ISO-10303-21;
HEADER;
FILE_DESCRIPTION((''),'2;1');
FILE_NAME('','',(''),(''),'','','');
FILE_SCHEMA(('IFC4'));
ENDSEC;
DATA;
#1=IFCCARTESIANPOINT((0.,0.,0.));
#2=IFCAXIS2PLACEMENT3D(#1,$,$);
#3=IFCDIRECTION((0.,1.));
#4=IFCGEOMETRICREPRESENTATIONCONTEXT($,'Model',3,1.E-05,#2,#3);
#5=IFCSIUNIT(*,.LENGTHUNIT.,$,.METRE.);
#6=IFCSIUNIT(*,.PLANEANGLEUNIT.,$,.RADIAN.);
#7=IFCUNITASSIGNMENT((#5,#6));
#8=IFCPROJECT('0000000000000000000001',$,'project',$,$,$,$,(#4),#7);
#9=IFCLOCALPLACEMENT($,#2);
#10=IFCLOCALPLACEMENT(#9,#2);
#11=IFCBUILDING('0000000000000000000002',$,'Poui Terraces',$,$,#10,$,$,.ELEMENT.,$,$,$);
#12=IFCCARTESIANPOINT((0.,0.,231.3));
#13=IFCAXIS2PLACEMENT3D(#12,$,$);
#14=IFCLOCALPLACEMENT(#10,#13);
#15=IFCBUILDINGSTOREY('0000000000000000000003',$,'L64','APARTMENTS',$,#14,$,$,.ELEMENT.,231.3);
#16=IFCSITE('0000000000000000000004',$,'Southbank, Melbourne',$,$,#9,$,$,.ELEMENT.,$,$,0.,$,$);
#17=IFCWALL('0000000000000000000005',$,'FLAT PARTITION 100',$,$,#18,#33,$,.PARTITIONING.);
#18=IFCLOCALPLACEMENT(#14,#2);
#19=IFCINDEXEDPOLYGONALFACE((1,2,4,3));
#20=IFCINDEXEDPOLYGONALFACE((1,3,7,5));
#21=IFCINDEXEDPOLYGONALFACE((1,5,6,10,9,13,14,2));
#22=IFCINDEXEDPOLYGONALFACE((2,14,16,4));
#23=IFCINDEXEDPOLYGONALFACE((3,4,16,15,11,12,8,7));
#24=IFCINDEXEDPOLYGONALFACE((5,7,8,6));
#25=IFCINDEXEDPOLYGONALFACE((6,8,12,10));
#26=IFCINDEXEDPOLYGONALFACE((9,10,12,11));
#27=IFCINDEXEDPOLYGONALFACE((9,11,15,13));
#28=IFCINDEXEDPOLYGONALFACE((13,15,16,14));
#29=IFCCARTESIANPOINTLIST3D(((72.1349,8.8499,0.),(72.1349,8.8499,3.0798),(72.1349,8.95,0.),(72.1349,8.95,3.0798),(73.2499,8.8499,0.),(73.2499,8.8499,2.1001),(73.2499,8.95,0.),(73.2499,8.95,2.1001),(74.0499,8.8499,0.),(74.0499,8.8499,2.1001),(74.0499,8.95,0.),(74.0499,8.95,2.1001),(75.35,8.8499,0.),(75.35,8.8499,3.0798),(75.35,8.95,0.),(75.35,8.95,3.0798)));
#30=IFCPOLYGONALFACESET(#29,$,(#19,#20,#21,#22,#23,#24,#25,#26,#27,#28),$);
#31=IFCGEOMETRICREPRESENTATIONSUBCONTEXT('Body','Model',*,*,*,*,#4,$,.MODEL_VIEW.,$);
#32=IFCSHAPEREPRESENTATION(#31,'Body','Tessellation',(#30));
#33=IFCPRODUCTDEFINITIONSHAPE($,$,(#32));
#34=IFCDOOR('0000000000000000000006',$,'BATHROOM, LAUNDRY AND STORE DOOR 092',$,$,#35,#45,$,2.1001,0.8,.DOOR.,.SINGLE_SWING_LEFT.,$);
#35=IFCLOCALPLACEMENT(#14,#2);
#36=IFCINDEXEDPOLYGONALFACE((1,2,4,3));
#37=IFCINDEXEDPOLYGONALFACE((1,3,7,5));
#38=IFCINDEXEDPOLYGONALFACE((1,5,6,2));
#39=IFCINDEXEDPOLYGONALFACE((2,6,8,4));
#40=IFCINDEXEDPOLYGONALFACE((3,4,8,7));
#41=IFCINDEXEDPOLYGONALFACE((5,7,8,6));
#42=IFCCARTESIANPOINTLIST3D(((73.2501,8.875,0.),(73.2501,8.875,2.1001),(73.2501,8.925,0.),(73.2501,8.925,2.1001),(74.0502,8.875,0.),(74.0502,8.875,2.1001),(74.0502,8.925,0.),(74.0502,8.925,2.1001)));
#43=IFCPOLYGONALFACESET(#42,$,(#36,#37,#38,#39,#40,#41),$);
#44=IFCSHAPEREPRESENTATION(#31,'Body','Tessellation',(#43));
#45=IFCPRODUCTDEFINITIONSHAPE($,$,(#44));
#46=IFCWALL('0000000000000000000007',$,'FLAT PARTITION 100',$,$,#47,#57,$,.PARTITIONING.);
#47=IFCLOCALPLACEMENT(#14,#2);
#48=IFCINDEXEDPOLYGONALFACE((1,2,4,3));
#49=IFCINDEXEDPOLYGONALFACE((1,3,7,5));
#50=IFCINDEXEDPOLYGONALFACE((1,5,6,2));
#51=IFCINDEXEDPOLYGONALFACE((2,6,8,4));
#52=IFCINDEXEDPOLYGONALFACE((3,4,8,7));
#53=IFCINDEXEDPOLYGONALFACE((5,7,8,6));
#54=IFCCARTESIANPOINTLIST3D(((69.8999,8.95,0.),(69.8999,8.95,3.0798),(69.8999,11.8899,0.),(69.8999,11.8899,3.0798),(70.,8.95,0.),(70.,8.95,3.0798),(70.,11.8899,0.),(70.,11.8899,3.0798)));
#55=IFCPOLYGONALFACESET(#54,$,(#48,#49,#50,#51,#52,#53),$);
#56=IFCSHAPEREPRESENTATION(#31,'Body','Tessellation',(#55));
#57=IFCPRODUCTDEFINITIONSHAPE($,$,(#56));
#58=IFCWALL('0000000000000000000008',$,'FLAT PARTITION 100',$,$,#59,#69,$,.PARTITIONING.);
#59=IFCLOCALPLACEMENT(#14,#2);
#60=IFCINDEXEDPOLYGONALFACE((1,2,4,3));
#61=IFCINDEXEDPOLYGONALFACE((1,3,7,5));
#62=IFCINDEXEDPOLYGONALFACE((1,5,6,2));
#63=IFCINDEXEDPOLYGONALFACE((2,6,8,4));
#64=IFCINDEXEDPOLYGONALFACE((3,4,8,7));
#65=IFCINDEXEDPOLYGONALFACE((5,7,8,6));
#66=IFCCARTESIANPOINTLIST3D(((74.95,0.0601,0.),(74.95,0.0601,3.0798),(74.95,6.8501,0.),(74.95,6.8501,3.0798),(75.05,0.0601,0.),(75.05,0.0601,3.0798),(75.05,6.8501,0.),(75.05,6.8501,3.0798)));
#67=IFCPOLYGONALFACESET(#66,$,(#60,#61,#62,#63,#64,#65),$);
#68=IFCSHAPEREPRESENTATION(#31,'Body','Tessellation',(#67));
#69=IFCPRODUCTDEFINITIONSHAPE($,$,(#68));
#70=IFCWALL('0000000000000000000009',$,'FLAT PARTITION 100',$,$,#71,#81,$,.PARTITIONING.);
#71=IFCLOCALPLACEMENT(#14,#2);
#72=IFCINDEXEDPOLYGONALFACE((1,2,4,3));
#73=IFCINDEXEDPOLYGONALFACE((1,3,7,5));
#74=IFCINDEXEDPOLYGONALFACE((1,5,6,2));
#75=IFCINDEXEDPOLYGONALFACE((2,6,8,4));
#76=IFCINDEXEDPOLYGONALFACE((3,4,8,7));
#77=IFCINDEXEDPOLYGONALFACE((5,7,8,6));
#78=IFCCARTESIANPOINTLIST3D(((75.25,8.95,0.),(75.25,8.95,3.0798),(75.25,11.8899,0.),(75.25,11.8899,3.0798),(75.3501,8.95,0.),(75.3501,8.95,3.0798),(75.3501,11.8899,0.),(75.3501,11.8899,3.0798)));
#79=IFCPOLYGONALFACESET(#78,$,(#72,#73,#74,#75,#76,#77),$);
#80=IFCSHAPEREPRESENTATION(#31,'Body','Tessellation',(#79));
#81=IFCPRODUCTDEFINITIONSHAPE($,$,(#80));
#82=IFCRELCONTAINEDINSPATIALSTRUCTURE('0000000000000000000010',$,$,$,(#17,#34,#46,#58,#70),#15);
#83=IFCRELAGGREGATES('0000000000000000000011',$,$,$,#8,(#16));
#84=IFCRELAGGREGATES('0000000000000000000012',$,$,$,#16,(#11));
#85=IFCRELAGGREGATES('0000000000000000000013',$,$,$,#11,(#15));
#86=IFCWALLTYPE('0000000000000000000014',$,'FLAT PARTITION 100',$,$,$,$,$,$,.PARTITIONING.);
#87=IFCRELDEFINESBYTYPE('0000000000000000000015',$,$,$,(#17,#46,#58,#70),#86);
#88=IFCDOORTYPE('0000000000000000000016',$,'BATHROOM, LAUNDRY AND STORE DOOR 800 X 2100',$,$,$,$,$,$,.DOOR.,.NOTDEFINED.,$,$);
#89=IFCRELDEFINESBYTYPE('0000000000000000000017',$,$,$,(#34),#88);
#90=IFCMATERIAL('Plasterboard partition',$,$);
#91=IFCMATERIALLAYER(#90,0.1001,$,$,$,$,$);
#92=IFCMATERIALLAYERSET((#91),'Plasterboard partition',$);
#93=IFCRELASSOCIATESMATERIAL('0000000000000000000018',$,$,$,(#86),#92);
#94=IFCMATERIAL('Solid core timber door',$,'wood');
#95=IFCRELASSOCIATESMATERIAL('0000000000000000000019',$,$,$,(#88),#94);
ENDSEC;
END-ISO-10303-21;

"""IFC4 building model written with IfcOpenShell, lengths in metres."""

from ifc_helpers import new_model, si_unit, direction, frame, frame_2d, origin, place, context, subcontext, project, spatial, rectangle, extrude, material, layer, layer_set, type_object, element, fill, save


model = new_model("IFC4")

# Units and contexts
model_context = context("Model", 3, precision=1e-05, world=origin(), true_north=direction((0.0, 1.0)))
body_context = subcontext(model_context, "Body", "Model", "MODEL_VIEW")
ifc_project = project(units=[si_unit("LENGTHUNIT", "METRE"), si_unit("PLANEANGLEUNIT", "RADIAN")], contexts=[model_context])

# Site, building, storey
site_placement = place(None, origin())
site = spatial("IfcSite", under=ifc_project, at=site_placement, Name="Southbank, Melbourne", CompositionType="ELEMENT", RefElevation=0.0)
building_placement = place(site_placement, origin())
building = spatial("IfcBuilding", under=site, at=building_placement, Name="Poui Terraces", CompositionType="ELEMENT")
storey_placement = place(building_placement, frame((0.0, 0.0, 231.3)))
storey = spatial("IfcBuildingStorey", under=building, at=storey_placement, Name="L64", Description="APARTMENTS", CompositionType="ELEMENT", Elevation=231.3)

# Shared definitions
ifc_material_1 = material(Name="Solid core timber door", Category="wood")

# Shared definitions
ifc_material_2 = material(Name="Plasterboard partition")
ifc_layer_1 = layer(ifc_material_2, 0.1001)
ifc_layer_set_1 = layer_set([ifc_layer_1], Name="Plasterboard partition")
wall_type_1 = type_object("IfcWallType", Name="FLAT PARTITION 100", PredefinedType="PARTITIONING", material=ifc_layer_set_1)

# Wall, opening, door
wall_1_placement = place(storey_placement, frame((72.135, 8.8999, 0.0), z_axis=(0.0, 0.0, 1.0), x_axis=(1.0, 0.0, 0.0)))
wall_1 = element("IfcWall", 1, at=wall_1_placement, inside=storey, type_object=wall_type_1, Name="FLAT PARTITION 100", PredefinedType="PARTITIONING", context=body_context, shape_type="SweptSolid", body=[
    extrude(rectangle(XDim=3.2151, YDim=0.1001, at=frame_2d((1.6074, 0.0))), origin(), (0.0, 0.0, 1.0), 3.0798),
])
opening_1_placement = place(wall_1_placement, frame((1.115, 0.0, 0.0)))
opening_1 = element("IfcOpeningElement", 2, at=opening_1_placement, cuts=wall_1, PredefinedType="OPENING", context=body_context, shape_type="SweptSolid", body=[
    extrude(rectangle(XDim=0.8, YDim=2.1001, at=frame_2d((0.3999, 1.05))), frame((0.0, 0.0601, 0.0), z_axis=(0.0, -1.0, 0.0), x_axis=(1.0, 0.0, 0.0)), (0.0, 0.0, 1.0), 0.1201),
])
door_type_1 = type_object("IfcDoorType", Name="BATHROOM, LAUNDRY AND STORE DOOR 800 X 2100", OperationType="NOTDEFINED", PredefinedType="DOOR", material=ifc_material_1)
door_1_placement = place(opening_1_placement, frame((0.8, 0.0, 0.0), z_axis=(0.0, 0.0, 1.0), x_axis=(-1.0, 0.0, 0.0)))
door_1 = element("IfcDoor", 3, at=door_1_placement, inside=storey, type_object=door_type_1, Name="BATHROOM, LAUNDRY AND STORE DOOR 092", OperationType="SINGLE_SWING_LEFT", OverallHeight=2.1001, OverallWidth=0.8, PredefinedType="DOOR", context=body_context, shape_type="SweptSolid", body=[
    extrude(rectangle(XDim=0.8, YDim=2.1001, at=frame_2d((0.3999, 1.05))), frame((0.0, 0.0249, 0.0), z_axis=(0.0, -1.0, 0.0), x_axis=(1.0, 0.0, 0.0)), (0.0, 0.0, 1.0), 0.05),
])
fill(opening_1, door_1)

# Walls
wall_2_placement = place(storey_placement, frame((69.95, 8.95, 0.0), z_axis=(0.0, 0.0, 1.0), x_axis=(0.0, 1.0, 0.0)))
element("IfcWall", 4, at=wall_2_placement, inside=storey, type_object=wall_type_1, Name="FLAT PARTITION 100", PredefinedType="PARTITIONING", context=body_context, shape_type="SweptSolid", body=[
    extrude(rectangle(XDim=2.9399, YDim=0.1001, at=frame_2d((1.47, 0.0))), origin(), (0.0, 0.0, 1.0), 3.0798),
])
wall_3_placement = place(storey_placement, frame((75.0, 0.0601, 0.0), z_axis=(0.0, 0.0, 1.0), x_axis=(0.0, 1.0, 0.0)))
element("IfcWall", 5, at=wall_3_placement, inside=storey, type_object=wall_type_1, Name="FLAT PARTITION 100", PredefinedType="PARTITIONING", context=body_context, shape_type="SweptSolid", body=[
    extrude(rectangle(XDim=6.79, YDim=0.1001, at=frame_2d((3.395, 0.0))), origin(), (0.0, 0.0, 1.0), 3.0798),
])
wall_4_placement = place(storey_placement, frame((75.3, 8.95, 0.0), z_axis=(0.0, 0.0, 1.0), x_axis=(0.0, 1.0, 0.0)))
element("IfcWall", 6, at=wall_4_placement, inside=storey, type_object=wall_type_1, Name="FLAT PARTITION 100", PredefinedType="PARTITIONING", context=body_context, shape_type="SweptSolid", body=[
    extrude(rectangle(XDim=2.9399, YDim=0.1001, at=frame_2d((1.47, 0.0))), origin(), (0.0, 0.0, 1.0), 3.0798),
])

save(model, "model.ifc")
